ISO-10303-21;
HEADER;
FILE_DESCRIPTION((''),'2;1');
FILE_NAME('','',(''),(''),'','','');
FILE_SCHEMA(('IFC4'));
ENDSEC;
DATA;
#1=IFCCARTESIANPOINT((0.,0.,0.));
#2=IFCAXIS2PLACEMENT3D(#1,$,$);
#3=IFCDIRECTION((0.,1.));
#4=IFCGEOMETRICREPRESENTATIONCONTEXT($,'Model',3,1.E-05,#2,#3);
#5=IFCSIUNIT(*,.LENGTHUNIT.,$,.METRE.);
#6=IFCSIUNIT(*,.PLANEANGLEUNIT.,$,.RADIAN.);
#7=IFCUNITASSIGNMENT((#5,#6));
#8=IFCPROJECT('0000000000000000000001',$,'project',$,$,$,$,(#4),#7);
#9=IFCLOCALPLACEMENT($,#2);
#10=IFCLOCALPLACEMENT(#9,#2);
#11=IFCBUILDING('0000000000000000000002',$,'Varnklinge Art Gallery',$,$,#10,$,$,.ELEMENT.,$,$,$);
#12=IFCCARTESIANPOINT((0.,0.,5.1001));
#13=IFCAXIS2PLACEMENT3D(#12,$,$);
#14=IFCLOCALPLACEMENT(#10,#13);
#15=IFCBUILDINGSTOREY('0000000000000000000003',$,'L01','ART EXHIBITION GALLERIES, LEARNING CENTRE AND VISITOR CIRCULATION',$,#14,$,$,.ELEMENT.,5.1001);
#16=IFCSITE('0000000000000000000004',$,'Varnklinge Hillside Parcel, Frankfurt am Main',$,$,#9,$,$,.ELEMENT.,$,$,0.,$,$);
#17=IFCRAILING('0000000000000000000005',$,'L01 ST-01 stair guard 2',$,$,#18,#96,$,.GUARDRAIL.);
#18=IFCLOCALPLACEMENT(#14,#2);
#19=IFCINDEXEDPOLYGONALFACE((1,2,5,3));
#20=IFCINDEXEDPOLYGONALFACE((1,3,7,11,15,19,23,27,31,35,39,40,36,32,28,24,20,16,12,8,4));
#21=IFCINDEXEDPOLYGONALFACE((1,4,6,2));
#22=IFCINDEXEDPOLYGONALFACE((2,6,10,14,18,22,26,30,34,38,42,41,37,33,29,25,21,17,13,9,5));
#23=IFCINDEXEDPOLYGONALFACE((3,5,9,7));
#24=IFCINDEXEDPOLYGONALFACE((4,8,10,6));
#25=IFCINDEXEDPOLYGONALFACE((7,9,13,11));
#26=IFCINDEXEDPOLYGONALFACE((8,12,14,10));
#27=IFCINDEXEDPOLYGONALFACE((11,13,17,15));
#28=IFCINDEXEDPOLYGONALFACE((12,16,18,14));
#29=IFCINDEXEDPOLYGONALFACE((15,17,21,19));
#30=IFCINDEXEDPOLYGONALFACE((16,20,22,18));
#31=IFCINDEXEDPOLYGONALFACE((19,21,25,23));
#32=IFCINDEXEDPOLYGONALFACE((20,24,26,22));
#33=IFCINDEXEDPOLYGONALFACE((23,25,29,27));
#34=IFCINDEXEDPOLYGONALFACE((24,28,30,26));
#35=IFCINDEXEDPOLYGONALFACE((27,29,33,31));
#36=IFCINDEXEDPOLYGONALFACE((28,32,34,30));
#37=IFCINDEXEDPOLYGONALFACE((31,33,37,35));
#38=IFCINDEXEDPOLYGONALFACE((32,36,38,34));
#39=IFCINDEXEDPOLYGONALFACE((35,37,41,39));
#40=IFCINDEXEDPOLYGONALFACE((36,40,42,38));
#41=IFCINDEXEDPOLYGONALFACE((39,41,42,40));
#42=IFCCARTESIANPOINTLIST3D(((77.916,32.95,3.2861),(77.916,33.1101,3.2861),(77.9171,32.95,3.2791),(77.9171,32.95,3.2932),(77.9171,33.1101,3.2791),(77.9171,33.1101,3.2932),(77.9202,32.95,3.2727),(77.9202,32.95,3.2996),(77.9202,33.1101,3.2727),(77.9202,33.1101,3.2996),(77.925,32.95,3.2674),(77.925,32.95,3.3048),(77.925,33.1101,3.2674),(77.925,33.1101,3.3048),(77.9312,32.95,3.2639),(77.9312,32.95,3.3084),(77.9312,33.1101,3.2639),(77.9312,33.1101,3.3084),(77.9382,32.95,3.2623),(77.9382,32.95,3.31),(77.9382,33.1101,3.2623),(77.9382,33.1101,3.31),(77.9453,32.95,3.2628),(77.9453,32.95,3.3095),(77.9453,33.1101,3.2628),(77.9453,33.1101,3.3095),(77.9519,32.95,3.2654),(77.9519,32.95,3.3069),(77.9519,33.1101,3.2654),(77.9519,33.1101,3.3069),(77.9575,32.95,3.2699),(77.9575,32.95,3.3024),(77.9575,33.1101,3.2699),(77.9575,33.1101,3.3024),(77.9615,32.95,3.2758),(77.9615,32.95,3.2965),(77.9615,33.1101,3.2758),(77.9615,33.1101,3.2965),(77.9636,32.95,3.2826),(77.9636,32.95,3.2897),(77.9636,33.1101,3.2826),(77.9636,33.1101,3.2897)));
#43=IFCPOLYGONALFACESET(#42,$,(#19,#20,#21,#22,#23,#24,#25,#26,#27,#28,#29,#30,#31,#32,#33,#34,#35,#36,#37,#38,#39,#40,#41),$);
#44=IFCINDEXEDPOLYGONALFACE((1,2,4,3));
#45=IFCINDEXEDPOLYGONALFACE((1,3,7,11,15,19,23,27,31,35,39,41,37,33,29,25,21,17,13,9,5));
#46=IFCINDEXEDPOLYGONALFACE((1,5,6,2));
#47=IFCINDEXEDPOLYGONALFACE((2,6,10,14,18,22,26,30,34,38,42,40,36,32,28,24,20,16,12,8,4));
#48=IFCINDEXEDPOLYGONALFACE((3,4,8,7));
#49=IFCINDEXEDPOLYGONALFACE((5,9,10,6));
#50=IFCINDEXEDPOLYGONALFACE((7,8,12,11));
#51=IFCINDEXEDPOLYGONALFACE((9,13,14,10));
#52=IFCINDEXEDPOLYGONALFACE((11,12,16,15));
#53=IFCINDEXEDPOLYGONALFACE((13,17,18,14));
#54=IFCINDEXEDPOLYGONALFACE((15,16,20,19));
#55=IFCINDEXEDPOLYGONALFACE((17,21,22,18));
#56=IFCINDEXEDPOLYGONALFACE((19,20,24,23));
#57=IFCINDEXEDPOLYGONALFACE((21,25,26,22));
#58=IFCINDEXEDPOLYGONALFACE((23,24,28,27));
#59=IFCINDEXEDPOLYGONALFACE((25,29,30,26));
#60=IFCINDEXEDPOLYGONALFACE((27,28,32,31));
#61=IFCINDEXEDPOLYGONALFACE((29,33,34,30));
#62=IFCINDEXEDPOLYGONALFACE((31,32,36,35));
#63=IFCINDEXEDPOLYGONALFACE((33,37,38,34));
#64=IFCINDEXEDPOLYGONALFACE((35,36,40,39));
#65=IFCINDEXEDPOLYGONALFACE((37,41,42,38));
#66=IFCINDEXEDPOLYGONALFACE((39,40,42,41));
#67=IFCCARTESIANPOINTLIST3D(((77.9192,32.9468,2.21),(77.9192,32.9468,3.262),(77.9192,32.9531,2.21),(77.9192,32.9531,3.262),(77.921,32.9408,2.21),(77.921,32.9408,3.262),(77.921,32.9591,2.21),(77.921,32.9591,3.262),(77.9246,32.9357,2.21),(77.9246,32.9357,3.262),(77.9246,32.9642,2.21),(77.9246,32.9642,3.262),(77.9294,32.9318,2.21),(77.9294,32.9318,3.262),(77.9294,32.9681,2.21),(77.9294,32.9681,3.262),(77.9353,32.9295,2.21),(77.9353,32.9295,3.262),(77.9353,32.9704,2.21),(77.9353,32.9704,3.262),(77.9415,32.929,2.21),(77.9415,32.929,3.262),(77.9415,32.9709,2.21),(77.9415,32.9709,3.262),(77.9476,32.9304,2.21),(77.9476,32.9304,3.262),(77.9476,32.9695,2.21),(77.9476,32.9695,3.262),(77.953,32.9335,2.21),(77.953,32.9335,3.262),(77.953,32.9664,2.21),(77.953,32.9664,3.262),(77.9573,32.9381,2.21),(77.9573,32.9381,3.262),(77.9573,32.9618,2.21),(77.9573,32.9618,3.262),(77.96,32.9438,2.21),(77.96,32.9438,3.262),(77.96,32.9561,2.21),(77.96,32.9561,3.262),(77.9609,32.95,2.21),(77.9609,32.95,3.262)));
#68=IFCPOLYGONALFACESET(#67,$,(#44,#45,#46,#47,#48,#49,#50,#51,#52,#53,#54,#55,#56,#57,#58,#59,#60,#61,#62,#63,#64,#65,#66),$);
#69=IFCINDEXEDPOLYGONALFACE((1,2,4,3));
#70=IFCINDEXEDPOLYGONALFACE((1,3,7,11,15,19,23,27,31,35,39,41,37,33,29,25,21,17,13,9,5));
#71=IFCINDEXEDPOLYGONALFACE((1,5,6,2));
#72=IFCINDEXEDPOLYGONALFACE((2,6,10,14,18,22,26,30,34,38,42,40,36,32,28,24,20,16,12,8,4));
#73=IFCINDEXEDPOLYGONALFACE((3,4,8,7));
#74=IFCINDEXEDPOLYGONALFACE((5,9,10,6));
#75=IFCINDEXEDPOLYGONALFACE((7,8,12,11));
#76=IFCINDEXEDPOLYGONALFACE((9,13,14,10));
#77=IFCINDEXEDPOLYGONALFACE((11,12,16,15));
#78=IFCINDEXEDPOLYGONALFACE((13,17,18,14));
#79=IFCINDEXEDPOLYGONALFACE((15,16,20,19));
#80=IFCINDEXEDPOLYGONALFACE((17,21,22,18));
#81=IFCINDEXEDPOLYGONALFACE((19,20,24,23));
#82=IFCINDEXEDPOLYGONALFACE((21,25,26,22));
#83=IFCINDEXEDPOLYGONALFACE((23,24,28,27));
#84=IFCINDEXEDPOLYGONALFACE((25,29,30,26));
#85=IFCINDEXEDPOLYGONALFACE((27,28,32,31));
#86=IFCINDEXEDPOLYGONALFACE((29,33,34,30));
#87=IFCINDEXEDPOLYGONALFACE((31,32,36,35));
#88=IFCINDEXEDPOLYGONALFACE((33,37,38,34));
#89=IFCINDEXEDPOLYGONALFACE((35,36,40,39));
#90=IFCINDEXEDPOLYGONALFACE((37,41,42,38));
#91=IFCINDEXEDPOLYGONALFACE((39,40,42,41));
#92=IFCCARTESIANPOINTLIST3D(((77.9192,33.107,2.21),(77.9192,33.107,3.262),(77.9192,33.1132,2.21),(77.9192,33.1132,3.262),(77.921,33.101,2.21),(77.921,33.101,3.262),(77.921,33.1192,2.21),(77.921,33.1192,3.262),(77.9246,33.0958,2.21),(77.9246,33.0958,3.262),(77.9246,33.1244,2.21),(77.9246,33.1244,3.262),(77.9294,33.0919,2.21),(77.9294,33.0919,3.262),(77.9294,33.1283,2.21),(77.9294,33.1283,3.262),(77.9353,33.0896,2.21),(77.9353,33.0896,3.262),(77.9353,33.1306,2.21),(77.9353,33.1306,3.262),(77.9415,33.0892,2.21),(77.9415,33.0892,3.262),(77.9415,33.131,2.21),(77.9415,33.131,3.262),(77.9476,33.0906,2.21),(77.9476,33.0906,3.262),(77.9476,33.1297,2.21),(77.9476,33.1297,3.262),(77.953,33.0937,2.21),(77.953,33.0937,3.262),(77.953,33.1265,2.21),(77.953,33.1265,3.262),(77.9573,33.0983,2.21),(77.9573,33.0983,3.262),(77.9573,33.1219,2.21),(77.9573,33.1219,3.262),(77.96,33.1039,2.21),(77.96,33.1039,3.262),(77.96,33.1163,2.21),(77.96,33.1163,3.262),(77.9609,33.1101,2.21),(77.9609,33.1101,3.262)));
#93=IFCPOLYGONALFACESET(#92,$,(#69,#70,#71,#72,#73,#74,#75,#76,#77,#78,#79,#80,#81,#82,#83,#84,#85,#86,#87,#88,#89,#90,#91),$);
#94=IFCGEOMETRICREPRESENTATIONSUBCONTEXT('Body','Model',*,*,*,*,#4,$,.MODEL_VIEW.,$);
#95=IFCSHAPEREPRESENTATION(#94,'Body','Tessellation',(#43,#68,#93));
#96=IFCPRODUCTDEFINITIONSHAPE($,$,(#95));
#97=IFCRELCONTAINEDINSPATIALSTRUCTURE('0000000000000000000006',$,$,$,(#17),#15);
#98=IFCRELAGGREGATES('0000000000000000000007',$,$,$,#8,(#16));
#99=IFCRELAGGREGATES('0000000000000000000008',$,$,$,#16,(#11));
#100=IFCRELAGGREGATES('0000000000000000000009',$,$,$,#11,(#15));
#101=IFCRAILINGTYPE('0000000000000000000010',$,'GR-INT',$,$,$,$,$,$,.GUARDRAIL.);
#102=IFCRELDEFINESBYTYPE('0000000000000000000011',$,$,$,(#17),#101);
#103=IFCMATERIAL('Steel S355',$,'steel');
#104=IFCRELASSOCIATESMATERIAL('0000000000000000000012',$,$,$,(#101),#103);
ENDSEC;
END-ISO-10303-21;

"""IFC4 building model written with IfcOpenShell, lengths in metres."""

from ifc_helpers import new_model, si_unit, direction, frame, origin, origin_2d, place, context, subcontext, project, spatial, circle, extrude, material, type_object, element, save


model = new_model("IFC4")

# Units and contexts
model_context = context("Model", 3, precision=1e-05, world=origin(), true_north=direction((0.0, 1.0)))
body_context = subcontext(model_context, "Body", "Model", "MODEL_VIEW")
ifc_project = project(units=[si_unit("LENGTHUNIT", "METRE"), si_unit("PLANEANGLEUNIT", "RADIAN")], contexts=[model_context])

# Site, building, storey
site_placement = place(None, origin())
site = spatial("IfcSite", under=ifc_project, at=site_placement, Name="Varnklinge Hillside Parcel, Frankfurt am Main", CompositionType="ELEMENT", RefElevation=0.0)
building_placement = place(site_placement, origin())
building = spatial("IfcBuilding", under=site, at=building_placement, Name="Varnklinge Art Gallery", CompositionType="ELEMENT")
storey_placement = place(building_placement, frame((0.0, 0.0, 5.1001)))
storey = spatial("IfcBuildingStorey", under=building, at=storey_placement, Name="L01", Description="ART EXHIBITION GALLERIES, LEARNING CENTRE AND VISITOR CIRCULATION", CompositionType="ELEMENT", Elevation=5.1001)

# Railing
ifc_material_1 = material(Name="Steel S355", Category="steel")
railing_type_1 = type_object("IfcRailingType", Name="GR-INT", PredefinedType="GUARDRAIL", material=ifc_material_1)
railing_1_placement = place(storey_placement, frame((77.9399, 32.95, 2.21)))
element("IfcRailing", 1, at=railing_1_placement, inside=storey, type_object=railing_type_1, Name="L01 ST-01 stair guard 2", PredefinedType="GUARDRAIL", context=body_context, shape_type="SweptSolid", body=[
    extrude(circle(Radius=0.0239, at=origin_2d()), frame((0.0, 0.0, 1.0762), z_axis=(0.0, 1.0, 0.0), x_axis=(-1.0, 0.0, 0.0)), (0.0, 0.0, 1.0), 0.1602),
    extrude(circle(Radius=0.021, at=origin_2d()), origin(), (0.0, 0.0, 1.0), 1.052),
    extrude(circle(Radius=0.021, at=origin_2d()), frame((0.0, 0.1602, 0.0)), (0.0, 0.0, 1.0), 1.052),
])

save(model, "model.ifc")
